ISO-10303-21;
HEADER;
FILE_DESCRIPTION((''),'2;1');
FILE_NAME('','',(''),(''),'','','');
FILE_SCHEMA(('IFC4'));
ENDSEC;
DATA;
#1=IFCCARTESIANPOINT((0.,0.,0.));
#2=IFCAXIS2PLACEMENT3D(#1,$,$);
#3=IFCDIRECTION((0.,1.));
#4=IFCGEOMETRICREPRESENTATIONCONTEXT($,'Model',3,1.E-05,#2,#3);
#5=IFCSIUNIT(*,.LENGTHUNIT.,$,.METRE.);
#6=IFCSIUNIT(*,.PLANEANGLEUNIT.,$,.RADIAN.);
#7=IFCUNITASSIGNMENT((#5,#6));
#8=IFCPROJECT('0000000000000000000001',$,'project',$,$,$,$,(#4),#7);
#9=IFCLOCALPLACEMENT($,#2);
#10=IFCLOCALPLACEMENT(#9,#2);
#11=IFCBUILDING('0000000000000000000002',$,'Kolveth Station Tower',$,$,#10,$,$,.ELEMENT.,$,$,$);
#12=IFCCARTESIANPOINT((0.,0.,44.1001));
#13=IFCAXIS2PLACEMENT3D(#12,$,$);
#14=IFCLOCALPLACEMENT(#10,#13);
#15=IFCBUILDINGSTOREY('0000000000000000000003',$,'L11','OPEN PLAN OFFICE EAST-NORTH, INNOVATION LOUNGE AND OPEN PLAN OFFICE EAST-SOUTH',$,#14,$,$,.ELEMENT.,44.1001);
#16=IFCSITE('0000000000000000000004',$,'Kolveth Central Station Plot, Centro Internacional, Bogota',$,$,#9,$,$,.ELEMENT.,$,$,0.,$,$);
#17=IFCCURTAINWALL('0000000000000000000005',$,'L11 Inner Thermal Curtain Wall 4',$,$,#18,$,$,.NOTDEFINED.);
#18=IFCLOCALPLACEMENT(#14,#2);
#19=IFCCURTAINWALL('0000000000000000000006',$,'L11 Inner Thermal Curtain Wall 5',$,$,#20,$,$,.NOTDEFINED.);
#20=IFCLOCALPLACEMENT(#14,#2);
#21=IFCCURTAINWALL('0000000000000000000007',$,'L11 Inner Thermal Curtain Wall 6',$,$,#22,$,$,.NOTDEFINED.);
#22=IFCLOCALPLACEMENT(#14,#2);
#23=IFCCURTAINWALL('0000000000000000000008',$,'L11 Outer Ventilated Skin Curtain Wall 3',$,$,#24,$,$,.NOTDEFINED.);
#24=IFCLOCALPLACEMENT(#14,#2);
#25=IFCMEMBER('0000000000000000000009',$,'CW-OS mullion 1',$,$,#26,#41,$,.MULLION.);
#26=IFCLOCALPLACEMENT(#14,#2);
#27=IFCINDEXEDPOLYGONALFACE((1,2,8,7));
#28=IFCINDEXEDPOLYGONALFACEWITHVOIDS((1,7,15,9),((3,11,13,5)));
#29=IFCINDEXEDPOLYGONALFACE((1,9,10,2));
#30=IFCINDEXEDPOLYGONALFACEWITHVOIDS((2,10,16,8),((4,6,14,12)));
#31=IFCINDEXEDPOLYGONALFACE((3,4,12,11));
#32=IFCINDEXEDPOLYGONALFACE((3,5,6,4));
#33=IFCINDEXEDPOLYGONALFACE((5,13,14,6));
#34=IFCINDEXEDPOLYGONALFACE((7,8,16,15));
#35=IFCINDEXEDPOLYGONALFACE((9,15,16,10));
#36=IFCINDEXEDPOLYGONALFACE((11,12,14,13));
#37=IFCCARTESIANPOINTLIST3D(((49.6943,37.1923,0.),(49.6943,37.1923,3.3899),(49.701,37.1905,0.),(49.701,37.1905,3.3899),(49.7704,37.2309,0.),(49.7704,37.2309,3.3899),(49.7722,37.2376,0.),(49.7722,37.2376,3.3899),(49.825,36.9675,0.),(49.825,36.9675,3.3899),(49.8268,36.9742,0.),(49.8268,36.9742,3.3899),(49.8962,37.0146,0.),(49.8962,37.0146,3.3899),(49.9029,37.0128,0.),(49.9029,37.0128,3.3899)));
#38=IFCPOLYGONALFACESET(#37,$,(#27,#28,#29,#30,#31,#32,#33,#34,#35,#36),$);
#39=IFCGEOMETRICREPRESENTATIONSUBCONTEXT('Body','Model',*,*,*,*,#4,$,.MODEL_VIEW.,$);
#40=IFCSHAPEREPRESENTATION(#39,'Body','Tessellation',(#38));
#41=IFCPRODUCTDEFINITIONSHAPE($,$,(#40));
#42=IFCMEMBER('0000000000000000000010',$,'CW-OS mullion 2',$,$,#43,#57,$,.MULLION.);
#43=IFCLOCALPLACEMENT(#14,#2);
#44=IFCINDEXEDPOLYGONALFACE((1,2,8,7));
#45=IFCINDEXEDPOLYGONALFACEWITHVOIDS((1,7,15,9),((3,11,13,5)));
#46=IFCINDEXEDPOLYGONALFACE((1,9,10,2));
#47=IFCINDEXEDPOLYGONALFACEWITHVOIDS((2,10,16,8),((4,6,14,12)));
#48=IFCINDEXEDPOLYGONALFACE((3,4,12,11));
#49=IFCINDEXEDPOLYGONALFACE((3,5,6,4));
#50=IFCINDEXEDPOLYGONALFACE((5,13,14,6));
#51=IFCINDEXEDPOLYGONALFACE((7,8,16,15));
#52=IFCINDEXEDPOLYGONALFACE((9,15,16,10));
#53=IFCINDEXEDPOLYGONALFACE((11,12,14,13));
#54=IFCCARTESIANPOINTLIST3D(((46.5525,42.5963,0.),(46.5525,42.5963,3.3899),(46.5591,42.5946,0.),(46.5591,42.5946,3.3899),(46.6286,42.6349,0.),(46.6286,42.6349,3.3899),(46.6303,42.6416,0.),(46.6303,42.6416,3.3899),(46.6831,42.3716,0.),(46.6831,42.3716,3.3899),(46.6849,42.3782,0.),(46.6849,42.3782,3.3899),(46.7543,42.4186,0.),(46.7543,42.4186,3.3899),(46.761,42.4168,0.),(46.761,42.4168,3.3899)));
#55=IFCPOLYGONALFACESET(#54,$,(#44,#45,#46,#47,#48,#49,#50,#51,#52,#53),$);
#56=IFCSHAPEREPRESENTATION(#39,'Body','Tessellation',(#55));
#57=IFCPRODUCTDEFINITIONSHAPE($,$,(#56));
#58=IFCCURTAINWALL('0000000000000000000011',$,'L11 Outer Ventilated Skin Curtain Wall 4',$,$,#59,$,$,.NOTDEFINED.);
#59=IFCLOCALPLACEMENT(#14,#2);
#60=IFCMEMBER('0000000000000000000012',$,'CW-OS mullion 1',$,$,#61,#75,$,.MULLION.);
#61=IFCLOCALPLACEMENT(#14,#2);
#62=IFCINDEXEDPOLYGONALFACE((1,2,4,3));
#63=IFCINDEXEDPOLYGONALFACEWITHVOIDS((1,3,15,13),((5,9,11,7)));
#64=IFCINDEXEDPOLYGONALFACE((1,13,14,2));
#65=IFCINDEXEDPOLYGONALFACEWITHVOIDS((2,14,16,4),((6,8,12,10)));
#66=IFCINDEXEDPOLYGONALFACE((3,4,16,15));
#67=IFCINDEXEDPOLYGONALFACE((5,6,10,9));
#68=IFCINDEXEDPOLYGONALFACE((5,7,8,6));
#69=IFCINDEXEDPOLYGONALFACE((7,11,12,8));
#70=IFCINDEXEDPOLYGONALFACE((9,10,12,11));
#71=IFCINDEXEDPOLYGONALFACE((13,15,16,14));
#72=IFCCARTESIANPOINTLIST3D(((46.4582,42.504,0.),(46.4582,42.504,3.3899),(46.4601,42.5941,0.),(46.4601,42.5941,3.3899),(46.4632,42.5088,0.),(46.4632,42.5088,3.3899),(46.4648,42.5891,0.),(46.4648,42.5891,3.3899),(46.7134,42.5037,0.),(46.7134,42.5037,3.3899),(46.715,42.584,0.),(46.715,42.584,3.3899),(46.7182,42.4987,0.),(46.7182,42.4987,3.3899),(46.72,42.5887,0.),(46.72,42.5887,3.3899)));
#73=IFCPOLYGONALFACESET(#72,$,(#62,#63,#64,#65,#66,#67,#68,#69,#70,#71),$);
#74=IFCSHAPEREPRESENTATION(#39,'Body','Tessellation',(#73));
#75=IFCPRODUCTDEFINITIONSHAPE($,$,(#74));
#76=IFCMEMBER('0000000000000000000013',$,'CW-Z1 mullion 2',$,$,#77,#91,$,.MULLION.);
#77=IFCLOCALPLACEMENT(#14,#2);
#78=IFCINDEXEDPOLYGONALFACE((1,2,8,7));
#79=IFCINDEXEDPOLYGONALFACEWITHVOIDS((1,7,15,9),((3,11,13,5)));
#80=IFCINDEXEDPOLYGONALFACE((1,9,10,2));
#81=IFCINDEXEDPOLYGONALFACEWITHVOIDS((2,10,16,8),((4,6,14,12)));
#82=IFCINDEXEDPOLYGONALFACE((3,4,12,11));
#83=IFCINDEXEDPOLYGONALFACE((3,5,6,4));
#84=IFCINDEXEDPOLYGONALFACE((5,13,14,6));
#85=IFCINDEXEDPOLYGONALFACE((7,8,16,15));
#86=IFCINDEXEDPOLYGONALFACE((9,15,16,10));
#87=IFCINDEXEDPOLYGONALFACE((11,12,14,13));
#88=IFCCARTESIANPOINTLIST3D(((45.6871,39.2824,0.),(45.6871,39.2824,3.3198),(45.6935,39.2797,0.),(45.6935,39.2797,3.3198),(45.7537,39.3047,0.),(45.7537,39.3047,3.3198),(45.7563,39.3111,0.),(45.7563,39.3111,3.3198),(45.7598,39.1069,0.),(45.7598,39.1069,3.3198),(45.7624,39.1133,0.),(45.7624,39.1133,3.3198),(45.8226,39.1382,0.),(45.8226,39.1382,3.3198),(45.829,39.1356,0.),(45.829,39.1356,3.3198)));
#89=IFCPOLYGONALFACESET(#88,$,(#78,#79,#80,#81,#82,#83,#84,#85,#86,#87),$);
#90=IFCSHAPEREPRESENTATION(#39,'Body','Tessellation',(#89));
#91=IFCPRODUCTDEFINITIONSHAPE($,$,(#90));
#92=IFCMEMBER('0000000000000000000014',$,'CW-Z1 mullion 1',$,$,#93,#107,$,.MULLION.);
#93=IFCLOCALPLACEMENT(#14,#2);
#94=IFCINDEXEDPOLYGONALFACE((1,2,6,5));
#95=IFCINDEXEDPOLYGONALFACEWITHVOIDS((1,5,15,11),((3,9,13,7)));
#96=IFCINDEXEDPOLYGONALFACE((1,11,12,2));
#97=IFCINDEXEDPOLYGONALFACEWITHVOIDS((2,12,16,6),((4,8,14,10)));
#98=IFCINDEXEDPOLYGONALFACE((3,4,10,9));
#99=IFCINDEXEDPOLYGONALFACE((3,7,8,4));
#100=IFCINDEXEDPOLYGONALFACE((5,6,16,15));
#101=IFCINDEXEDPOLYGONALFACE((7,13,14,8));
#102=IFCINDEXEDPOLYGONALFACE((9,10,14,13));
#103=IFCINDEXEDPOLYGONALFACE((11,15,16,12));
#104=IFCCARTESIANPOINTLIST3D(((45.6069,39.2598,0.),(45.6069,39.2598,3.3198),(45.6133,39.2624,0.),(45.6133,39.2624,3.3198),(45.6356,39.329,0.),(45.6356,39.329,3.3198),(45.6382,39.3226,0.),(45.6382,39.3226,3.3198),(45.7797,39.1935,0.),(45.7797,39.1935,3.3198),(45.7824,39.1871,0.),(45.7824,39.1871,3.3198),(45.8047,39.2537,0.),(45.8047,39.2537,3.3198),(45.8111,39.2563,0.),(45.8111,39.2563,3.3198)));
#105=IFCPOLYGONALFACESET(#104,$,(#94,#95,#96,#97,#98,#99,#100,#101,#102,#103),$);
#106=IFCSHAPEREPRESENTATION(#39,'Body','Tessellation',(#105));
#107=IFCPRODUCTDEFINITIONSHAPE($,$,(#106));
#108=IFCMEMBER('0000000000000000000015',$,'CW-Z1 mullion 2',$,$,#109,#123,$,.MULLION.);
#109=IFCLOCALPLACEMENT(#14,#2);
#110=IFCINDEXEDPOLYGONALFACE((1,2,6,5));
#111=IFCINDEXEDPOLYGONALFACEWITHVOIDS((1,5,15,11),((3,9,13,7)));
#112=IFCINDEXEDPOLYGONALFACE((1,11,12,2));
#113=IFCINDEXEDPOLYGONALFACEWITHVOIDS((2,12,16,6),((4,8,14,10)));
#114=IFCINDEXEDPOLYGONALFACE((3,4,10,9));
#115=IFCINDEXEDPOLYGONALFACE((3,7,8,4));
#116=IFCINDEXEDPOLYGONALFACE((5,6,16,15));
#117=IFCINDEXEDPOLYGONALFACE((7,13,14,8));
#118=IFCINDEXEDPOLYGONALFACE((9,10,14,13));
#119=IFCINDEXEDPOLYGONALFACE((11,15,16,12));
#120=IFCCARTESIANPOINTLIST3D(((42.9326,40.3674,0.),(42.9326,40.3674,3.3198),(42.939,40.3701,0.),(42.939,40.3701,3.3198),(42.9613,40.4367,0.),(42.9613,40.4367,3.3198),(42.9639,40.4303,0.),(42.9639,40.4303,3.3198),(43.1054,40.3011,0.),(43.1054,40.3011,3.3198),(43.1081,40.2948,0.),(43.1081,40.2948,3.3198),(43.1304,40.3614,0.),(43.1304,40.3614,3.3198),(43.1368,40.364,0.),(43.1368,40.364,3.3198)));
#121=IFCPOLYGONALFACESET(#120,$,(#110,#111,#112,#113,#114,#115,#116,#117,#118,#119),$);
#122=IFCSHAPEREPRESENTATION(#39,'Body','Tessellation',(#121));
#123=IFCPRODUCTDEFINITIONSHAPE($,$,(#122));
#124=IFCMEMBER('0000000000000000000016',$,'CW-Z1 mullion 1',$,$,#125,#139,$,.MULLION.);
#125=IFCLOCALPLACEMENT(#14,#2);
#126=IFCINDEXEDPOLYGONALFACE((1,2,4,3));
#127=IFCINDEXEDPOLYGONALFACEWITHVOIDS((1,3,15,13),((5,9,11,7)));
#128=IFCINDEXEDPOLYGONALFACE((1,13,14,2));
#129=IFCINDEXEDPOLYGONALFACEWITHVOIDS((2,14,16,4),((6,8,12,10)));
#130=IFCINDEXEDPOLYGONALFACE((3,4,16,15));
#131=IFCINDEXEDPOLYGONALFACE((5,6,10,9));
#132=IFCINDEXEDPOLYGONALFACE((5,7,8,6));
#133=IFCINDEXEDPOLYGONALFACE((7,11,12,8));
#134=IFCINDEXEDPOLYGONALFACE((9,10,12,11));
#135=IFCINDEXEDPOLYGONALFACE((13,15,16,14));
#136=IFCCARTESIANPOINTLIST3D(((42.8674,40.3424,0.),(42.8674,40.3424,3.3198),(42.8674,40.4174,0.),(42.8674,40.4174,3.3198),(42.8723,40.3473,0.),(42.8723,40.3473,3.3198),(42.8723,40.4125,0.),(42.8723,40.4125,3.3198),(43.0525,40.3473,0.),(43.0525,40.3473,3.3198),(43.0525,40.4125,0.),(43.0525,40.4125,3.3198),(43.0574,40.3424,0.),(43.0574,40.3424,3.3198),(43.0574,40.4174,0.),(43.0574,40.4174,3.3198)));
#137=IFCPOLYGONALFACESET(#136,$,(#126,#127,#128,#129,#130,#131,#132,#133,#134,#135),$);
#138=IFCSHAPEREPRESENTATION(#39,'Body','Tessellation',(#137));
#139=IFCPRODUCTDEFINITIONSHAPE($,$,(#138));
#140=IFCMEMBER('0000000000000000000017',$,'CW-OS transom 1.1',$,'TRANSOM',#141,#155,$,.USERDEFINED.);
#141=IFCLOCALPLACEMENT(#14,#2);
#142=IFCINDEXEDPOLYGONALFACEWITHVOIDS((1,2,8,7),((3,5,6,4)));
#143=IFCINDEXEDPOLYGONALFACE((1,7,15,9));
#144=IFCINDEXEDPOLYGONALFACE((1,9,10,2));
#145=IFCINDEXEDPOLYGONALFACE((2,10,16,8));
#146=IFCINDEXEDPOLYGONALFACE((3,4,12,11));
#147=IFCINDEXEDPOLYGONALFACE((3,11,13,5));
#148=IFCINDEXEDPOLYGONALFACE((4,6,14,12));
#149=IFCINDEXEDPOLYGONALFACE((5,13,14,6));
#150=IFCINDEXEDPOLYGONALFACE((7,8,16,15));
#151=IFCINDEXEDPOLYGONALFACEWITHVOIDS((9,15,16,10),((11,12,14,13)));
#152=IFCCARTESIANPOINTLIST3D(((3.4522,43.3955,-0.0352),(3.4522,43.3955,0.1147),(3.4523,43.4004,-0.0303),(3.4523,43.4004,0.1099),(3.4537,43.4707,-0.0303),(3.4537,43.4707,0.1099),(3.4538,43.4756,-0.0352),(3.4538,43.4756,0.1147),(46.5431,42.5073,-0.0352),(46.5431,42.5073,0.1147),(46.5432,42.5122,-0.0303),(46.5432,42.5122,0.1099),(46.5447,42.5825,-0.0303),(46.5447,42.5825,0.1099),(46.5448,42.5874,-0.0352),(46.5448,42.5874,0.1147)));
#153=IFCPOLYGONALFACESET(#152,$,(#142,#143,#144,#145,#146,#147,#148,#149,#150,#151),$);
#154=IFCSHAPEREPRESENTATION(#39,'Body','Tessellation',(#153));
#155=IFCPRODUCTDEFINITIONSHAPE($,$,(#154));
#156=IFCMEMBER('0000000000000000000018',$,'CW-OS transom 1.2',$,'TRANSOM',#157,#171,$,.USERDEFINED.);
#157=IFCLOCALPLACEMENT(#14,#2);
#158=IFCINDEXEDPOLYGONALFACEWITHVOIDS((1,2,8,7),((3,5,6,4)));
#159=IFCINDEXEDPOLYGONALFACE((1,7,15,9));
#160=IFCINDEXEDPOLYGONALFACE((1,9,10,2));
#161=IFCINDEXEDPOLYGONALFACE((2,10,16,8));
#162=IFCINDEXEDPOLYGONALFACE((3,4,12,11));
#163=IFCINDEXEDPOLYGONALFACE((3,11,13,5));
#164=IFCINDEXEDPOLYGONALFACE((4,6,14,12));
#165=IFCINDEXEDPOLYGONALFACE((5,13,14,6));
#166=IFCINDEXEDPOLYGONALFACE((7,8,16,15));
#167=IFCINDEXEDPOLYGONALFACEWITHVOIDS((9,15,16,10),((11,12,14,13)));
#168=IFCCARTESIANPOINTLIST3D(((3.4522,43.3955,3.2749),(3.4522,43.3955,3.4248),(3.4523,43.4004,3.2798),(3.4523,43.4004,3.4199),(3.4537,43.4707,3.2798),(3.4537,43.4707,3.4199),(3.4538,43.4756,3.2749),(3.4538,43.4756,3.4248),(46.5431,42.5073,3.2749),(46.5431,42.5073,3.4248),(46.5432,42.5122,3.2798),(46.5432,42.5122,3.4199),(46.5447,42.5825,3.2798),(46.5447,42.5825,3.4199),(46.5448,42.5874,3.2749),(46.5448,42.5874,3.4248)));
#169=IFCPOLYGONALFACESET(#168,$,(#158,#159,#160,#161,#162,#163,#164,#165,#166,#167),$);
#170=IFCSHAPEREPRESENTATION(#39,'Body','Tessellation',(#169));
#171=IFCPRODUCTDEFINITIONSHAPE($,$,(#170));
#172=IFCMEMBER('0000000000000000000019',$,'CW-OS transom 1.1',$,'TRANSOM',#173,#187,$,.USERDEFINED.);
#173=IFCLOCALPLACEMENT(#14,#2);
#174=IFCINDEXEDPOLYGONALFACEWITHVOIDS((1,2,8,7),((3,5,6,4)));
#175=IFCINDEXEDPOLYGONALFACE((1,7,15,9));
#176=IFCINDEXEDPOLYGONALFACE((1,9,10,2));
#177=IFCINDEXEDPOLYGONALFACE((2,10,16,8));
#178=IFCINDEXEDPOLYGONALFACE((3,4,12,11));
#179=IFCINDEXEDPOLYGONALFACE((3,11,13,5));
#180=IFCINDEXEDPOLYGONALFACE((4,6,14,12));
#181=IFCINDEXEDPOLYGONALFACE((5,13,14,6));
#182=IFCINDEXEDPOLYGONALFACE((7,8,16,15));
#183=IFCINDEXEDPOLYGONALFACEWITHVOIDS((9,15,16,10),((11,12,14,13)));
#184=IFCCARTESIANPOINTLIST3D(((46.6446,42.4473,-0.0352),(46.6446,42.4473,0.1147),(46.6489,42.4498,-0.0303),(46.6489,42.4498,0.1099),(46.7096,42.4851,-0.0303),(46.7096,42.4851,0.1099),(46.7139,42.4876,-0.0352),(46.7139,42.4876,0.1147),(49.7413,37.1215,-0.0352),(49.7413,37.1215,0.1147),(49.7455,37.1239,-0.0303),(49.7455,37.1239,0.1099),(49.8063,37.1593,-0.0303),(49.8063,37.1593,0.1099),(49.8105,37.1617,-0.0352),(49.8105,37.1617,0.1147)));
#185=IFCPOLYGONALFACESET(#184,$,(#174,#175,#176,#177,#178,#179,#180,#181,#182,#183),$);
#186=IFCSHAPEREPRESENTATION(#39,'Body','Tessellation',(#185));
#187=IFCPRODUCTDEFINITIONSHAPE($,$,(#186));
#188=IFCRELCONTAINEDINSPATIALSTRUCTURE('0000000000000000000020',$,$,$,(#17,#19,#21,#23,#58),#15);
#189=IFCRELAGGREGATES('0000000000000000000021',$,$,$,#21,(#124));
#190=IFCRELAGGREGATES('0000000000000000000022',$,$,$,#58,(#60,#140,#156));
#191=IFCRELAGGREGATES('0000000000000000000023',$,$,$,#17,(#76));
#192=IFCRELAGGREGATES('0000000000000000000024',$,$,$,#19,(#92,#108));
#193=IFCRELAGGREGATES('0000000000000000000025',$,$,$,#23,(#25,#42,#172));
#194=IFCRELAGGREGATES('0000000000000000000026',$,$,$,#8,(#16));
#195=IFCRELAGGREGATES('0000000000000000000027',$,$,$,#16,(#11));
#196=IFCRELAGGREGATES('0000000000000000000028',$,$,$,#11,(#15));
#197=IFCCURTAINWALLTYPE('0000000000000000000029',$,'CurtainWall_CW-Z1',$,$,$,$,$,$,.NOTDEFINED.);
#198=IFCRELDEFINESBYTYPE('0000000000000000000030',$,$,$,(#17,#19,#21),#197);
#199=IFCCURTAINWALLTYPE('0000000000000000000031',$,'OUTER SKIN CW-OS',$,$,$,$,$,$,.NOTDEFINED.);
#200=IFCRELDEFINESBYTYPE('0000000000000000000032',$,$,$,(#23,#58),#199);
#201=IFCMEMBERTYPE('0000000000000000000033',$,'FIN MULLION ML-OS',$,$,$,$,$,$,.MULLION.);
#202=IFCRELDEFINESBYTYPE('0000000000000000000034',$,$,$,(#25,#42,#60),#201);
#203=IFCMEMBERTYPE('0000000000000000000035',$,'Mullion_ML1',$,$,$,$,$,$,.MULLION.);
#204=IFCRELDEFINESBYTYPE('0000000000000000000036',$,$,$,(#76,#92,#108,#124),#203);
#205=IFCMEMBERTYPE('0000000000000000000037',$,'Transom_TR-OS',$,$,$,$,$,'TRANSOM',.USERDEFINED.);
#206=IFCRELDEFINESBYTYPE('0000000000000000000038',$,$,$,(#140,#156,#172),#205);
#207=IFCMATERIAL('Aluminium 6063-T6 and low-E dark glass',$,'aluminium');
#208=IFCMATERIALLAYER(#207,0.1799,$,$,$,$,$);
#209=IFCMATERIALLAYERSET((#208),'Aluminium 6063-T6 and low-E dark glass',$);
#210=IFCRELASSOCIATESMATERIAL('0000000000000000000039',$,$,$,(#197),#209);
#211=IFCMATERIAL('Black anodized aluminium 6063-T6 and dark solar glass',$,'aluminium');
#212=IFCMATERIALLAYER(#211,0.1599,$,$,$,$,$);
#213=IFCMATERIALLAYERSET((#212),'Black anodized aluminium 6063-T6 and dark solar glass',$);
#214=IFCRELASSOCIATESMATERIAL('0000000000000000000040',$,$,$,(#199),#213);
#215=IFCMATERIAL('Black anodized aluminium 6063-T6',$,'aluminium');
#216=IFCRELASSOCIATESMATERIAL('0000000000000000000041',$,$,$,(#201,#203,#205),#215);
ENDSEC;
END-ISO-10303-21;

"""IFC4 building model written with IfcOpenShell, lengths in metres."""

from ifc_helpers import new_model, si_unit, direction, frame, origin, origin_2d, place, context, subcontext, project, spatial, hollow_rectangle, extrude, source, transform, mapped, material, layer, layer_set, material_profile, profile_set, type_object, element, aggregate, save


model = new_model("IFC4")

# Units and contexts
model_context = context("Model", 3, precision=1e-05, world=origin(), true_north=direction((0.0, 1.0)))
body_context = subcontext(model_context, "Body", "Model", "MODEL_VIEW")
ifc_project = project(units=[si_unit("LENGTHUNIT", "METRE"), si_unit("PLANEANGLEUNIT", "RADIAN")], contexts=[model_context])

# Site, building, storey
site_placement = place(None, origin())
site = spatial("IfcSite", under=ifc_project, at=site_placement, Name="Kolveth Central Station Plot, Centro Internacional, Bogota", CompositionType="ELEMENT", RefElevation=0.0)
building_placement = place(site_placement, origin())
building = spatial("IfcBuilding", under=site, at=building_placement, Name="Kolveth Station Tower", CompositionType="ELEMENT")
storey_placement = place(building_placement, frame((0.0, 0.0, 44.1001)))
storey = spatial("IfcBuildingStorey", under=building, at=storey_placement, Name="L11", Description="OPEN PLAN OFFICE EAST-NORTH, INNOVATION LOUNGE AND OPEN PLAN OFFICE EAST-SOUTH", CompositionType="ELEMENT", Elevation=44.1001)

# Curtain wall
ifc_material_1 = material(Name="Aluminium 6063-T6 and low-E dark glass", Category="aluminium")
ifc_layer_1 = layer(ifc_material_1, 0.1799)
ifc_layer_set_1 = layer_set([ifc_layer_1], Name="Aluminium 6063-T6 and low-E dark glass")
curtain_wall_type_1 = type_object("IfcCurtainWallType", Name="CurtainWall_CW-Z1", PredefinedType="NOTDEFINED", material=ifc_layer_set_1)
curtain_wall_1_placement = place(storey_placement, origin())
curtain_wall_1 = element("IfcCurtainWall", 1, at=curtain_wall_1_placement, inside=storey, type_object=curtain_wall_type_1, Name="L11 Inner Thermal Curtain Wall 4", PredefinedType="NOTDEFINED")
ifc_material_2 = material(Name="Black anodized aluminium 6063-T6", Category="aluminium")

# Curtain walls
curtain_wall_2_placement = place(storey_placement, origin())
curtain_wall_2 = element("IfcCurtainWall", 2, at=curtain_wall_2_placement, inside=storey, type_object=curtain_wall_type_1, Name="L11 Inner Thermal Curtain Wall 5", PredefinedType="NOTDEFINED")
curtain_wall_3_placement = place(storey_placement, origin())
curtain_wall_3 = element("IfcCurtainWall", 3, at=curtain_wall_3_placement, inside=storey, type_object=curtain_wall_type_1, Name="L11 Inner Thermal Curtain Wall 6", PredefinedType="NOTDEFINED")

# Shared definitions
ifc_material_3 = material(Name="Black anodized aluminium 6063-T6 and dark solar glass", Category="aluminium")
ifc_layer_2 = layer(ifc_material_3, 0.1599)
ifc_layer_set_2 = layer_set([ifc_layer_2], Name="Black anodized aluminium 6063-T6 and dark solar glass")
curtain_wall_type_2 = type_object("IfcCurtainWallType", Name="OUTER SKIN CW-OS", PredefinedType="NOTDEFINED", material=ifc_layer_set_2)
ifc_material_profile_1 = material_profile(ifc_material_2, hollow_rectangle(XDim=0.0901, YDim=0.26, WallThickness=0.0049, at=origin_2d()), Name="ALU-90x260x5")
ifc_profile_set_1 = profile_set([ifc_material_profile_1], Name="Black anodized aluminium 6063-T6")
member_type_1 = type_object("IfcMemberType", Name="FIN MULLION ML-OS", PredefinedType="MULLION", material=ifc_profile_set_1)
shared_shape_1 = source(origin(), body_context, "Body", "SweptSolid", [
    extrude(hollow_rectangle(XDim=0.0901, YDim=0.26, WallThickness=0.0049, at=origin_2d()), origin(), (0.0, 0.0, 1.0), 3.3899),
])

# Curtain wall, members
curtain_wall_4_placement = place(storey_placement, origin())
curtain_wall_4 = element("IfcCurtainWall", 4, at=curtain_wall_4_placement, inside=storey, type_object=curtain_wall_type_2, Name="L11 Outer Ventilated Skin Curtain Wall 3", PredefinedType="NOTDEFINED")
member_1_placement = place(storey_placement, frame((49.7986, 37.1025, 0.0), z_axis=(0.0, 0.0, 1.0), x_axis=(-0.864503, -0.502628, 0.0)))
member_1 = element("IfcMember", 5, at=member_1_placement, type_object=member_type_1, Name="CW-OS mullion 1", PredefinedType="MULLION", context=body_context, shape_type="MappedRepresentation", body=[
    mapped(shared_shape_1, transform((0.0, 0.0, 0.0), x_axis=(1.0, 0.0, 0.0), y_axis=(0.0, 1.0, 0.0), z_axis=(0.0, 0.0, 1.0), scale=1.0)),
])
member_2_placement = place(storey_placement, frame((46.6567, 42.5066, 0.0), z_axis=(0.0, 0.0, 1.0), x_axis=(-0.864503, -0.502628, 0.0)))
member_2 = element("IfcMember", 6, at=member_2_placement, type_object=member_type_1, Name="CW-OS mullion 2", PredefinedType="MULLION", context=body_context, shape_type="MappedRepresentation", body=[
    mapped(shared_shape_1, transform((0.0, 0.0, 0.0), x_axis=(1.0, 0.0, 0.0), y_axis=(0.0, 1.0, 0.0), z_axis=(0.0, 0.0, 1.0), scale=1.0)),
])

# Curtain wall, member
curtain_wall_5_placement = place(storey_placement, origin())
curtain_wall_5 = element("IfcCurtainWall", 7, at=curtain_wall_5_placement, inside=storey, type_object=curtain_wall_type_2, Name="L11 Outer Ventilated Skin Curtain Wall 4", PredefinedType="NOTDEFINED")
member_3_placement = place(storey_placement, frame((46.5891, 42.5464, 0.0), z_axis=(0.0, 0.0, 1.0), x_axis=(-0.02061, -0.999788, 0.0)))
member_3 = element("IfcMember", 8, at=member_3_placement, type_object=member_type_1, Name="CW-OS mullion 1", PredefinedType="MULLION", context=body_context, shape_type="MappedRepresentation", body=[
    mapped(shared_shape_1, transform((0.0, 0.0, 0.0), x_axis=(1.0, 0.0, 0.0), y_axis=(0.0, 1.0, 0.0), z_axis=(0.0, 0.0, 1.0), scale=1.0)),
])

# Members
ifc_material_profile_2 = material_profile(ifc_material_2, hollow_rectangle(XDim=0.075, YDim=0.1899, WallThickness=0.0049, at=origin_2d()), Name="ALU-75x190x5")
ifc_profile_set_2 = profile_set([ifc_material_profile_2], Name="Black anodized aluminium 6063-T6")
member_type_2 = type_object("IfcMemberType", Name="Mullion_ML1", PredefinedType="MULLION", material=ifc_profile_set_2)
shared_shape_2 = source(origin(), body_context, "Body", "SweptSolid", [
    extrude(hollow_rectangle(XDim=0.075, YDim=0.1899, WallThickness=0.0049, at=origin_2d()), origin(), (0.0, 0.0, 1.0), 3.3198),
])
member_4_placement = place(storey_placement, frame((45.7581, 39.209, 0.0), z_axis=(0.0, 0.0, 1.0), x_axis=(-0.923884, -0.382673, 0.0)))
member_4 = element("IfcMember", 9, at=member_4_placement, type_object=member_type_2, Name="CW-Z1 mullion 2", PredefinedType="MULLION", context=body_context, shape_type="MappedRepresentation", body=[
    mapped(shared_shape_2, transform((0.0, 0.0, 0.0), x_axis=(1.0, 0.0, 0.0), y_axis=(0.0, 1.0, 0.0), z_axis=(0.0, 0.0, 1.0), scale=1.0)),
])
member_5_placement = place(storey_placement, frame((45.709, 39.2581, 0.0), z_axis=(0.0, 0.0, 1.0), x_axis=(-0.382673, -0.923884, 0.0)))
member_5 = element("IfcMember", 10, at=member_5_placement, type_object=member_type_2, Name="CW-Z1 mullion 1", PredefinedType="MULLION", context=body_context, shape_type="MappedRepresentation", body=[
    mapped(shared_shape_2, transform((0.0, 0.0, 0.0), x_axis=(1.0, 0.0, 0.0), y_axis=(0.0, 1.0, 0.0), z_axis=(0.0, 0.0, 1.0), scale=1.0)),
])
member_6_placement = place(storey_placement, frame((43.0347, 40.3657, 0.0), z_axis=(0.0, 0.0, 1.0), x_axis=(-0.382673, -0.923884, 0.0)))
member_6 = element("IfcMember", 11, at=member_6_placement, type_object=member_type_2, Name="CW-Z1 mullion 2", PredefinedType="MULLION", context=body_context, shape_type="MappedRepresentation", body=[
    mapped(shared_shape_2, transform((0.0, 0.0, 0.0), x_axis=(1.0, 0.0, 0.0), y_axis=(0.0, 1.0, 0.0), z_axis=(0.0, 0.0, 1.0), scale=1.0)),
])
member_7_placement = place(storey_placement, frame((42.9624, 40.3799, 0.0), z_axis=(0.0, 0.0, 1.0), x_axis=(0.0, -1.0, 0.0)))
member_7 = element("IfcMember", 12, at=member_7_placement, type_object=member_type_2, Name="CW-Z1 mullion 1", PredefinedType="MULLION", context=body_context, shape_type="MappedRepresentation", body=[
    mapped(shared_shape_2, transform((0.0, 0.0, 0.0), x_axis=(1.0, 0.0, 0.0), y_axis=(0.0, 1.0, 0.0), z_axis=(0.0, 0.0, 1.0), scale=1.0)),
])
aggregate(curtain_wall_3, [member_7])
ifc_material_profile_3 = material_profile(ifc_material_2, hollow_rectangle(XDim=0.0801, YDim=0.1499, WallThickness=0.0049, at=origin_2d()), Name="ALU-80x150x5")
ifc_profile_set_3 = profile_set([ifc_material_profile_3], Name="Black anodized aluminium 6063-T6")
member_type_3 = type_object("IfcMemberType", Name="Transom_TR-OS", ElementType="TRANSOM", PredefinedType="USERDEFINED", material=ifc_profile_set_3)
shared_shape_3 = source(origin(), body_context, "Body", "SweptSolid", [
    extrude(hollow_rectangle(XDim=0.0801, YDim=0.1499, WallThickness=0.0049, at=origin_2d()), origin(), (0.0, 0.0, 1.0), 43.1001),
])
member_8_placement = place(storey_placement, frame((46.5439, 42.5474, 0.0398), z_axis=(-0.999788, 0.020607, 0.0), x_axis=(-0.020607, -0.999788, 0.0)))
member_8 = element("IfcMember", 13, at=member_8_placement, type_object=member_type_3, Name="CW-OS transom 1.1", ObjectType="TRANSOM", PredefinedType="USERDEFINED", context=body_context, shape_type="MappedRepresentation", body=[
    mapped(shared_shape_3, transform((0.0, 0.0, 0.0), x_axis=(1.0, 0.0, 0.0), y_axis=(0.0, 1.0, 0.0), z_axis=(0.0, 0.0, 1.0), scale=1.0)),
])
member_9_placement = place(storey_placement, frame((46.5439, 42.5474, 3.3499), z_axis=(-0.999788, 0.020607, 0.0), x_axis=(-0.020607, -0.999788, 0.0)))
member_9 = element("IfcMember", 14, at=member_9_placement, type_object=member_type_3, Name="CW-OS transom 1.2", ObjectType="TRANSOM", PredefinedType="USERDEFINED", context=body_context, shape_type="MappedRepresentation", body=[
    mapped(shared_shape_3, transform((0.0, 0.0, 0.0), x_axis=(1.0, 0.0, 0.0), y_axis=(0.0, 1.0, 0.0), z_axis=(0.0, 0.0, 1.0), scale=1.0)),
])
aggregate(curtain_wall_5, [member_3, member_8, member_9])
shared_shape_4 = source(origin(), body_context, "Body", "SweptSolid", [
    extrude(hollow_rectangle(XDim=0.0801, YDim=0.1499, WallThickness=0.0049, at=origin_2d()), origin(), (0.0, 0.0, 1.0), 6.1606),
])
member_10_placement = place(storey_placement, frame((49.7759, 37.1416, 0.0398), z_axis=(-0.502646, 0.864492, 0.0), x_axis=(-0.864492, -0.502646, 0.0)))
member_10 = element("IfcMember", 15, at=member_10_placement, type_object=member_type_3, Name="CW-OS transom 1.1", ObjectType="TRANSOM", PredefinedType="USERDEFINED", context=body_context, shape_type="MappedRepresentation", body=[
    mapped(shared_shape_4, transform((0.0, 0.0, 0.0), x_axis=(1.0, 0.0, 0.0), y_axis=(0.0, 1.0, 0.0), z_axis=(0.0, 0.0, 1.0), scale=1.0)),
])

aggregate(curtain_wall_1, [member_4])
aggregate(curtain_wall_2, [member_5, member_6])
aggregate(curtain_wall_4, [member_1, member_2, member_10])

save(model, "model.ifc")
